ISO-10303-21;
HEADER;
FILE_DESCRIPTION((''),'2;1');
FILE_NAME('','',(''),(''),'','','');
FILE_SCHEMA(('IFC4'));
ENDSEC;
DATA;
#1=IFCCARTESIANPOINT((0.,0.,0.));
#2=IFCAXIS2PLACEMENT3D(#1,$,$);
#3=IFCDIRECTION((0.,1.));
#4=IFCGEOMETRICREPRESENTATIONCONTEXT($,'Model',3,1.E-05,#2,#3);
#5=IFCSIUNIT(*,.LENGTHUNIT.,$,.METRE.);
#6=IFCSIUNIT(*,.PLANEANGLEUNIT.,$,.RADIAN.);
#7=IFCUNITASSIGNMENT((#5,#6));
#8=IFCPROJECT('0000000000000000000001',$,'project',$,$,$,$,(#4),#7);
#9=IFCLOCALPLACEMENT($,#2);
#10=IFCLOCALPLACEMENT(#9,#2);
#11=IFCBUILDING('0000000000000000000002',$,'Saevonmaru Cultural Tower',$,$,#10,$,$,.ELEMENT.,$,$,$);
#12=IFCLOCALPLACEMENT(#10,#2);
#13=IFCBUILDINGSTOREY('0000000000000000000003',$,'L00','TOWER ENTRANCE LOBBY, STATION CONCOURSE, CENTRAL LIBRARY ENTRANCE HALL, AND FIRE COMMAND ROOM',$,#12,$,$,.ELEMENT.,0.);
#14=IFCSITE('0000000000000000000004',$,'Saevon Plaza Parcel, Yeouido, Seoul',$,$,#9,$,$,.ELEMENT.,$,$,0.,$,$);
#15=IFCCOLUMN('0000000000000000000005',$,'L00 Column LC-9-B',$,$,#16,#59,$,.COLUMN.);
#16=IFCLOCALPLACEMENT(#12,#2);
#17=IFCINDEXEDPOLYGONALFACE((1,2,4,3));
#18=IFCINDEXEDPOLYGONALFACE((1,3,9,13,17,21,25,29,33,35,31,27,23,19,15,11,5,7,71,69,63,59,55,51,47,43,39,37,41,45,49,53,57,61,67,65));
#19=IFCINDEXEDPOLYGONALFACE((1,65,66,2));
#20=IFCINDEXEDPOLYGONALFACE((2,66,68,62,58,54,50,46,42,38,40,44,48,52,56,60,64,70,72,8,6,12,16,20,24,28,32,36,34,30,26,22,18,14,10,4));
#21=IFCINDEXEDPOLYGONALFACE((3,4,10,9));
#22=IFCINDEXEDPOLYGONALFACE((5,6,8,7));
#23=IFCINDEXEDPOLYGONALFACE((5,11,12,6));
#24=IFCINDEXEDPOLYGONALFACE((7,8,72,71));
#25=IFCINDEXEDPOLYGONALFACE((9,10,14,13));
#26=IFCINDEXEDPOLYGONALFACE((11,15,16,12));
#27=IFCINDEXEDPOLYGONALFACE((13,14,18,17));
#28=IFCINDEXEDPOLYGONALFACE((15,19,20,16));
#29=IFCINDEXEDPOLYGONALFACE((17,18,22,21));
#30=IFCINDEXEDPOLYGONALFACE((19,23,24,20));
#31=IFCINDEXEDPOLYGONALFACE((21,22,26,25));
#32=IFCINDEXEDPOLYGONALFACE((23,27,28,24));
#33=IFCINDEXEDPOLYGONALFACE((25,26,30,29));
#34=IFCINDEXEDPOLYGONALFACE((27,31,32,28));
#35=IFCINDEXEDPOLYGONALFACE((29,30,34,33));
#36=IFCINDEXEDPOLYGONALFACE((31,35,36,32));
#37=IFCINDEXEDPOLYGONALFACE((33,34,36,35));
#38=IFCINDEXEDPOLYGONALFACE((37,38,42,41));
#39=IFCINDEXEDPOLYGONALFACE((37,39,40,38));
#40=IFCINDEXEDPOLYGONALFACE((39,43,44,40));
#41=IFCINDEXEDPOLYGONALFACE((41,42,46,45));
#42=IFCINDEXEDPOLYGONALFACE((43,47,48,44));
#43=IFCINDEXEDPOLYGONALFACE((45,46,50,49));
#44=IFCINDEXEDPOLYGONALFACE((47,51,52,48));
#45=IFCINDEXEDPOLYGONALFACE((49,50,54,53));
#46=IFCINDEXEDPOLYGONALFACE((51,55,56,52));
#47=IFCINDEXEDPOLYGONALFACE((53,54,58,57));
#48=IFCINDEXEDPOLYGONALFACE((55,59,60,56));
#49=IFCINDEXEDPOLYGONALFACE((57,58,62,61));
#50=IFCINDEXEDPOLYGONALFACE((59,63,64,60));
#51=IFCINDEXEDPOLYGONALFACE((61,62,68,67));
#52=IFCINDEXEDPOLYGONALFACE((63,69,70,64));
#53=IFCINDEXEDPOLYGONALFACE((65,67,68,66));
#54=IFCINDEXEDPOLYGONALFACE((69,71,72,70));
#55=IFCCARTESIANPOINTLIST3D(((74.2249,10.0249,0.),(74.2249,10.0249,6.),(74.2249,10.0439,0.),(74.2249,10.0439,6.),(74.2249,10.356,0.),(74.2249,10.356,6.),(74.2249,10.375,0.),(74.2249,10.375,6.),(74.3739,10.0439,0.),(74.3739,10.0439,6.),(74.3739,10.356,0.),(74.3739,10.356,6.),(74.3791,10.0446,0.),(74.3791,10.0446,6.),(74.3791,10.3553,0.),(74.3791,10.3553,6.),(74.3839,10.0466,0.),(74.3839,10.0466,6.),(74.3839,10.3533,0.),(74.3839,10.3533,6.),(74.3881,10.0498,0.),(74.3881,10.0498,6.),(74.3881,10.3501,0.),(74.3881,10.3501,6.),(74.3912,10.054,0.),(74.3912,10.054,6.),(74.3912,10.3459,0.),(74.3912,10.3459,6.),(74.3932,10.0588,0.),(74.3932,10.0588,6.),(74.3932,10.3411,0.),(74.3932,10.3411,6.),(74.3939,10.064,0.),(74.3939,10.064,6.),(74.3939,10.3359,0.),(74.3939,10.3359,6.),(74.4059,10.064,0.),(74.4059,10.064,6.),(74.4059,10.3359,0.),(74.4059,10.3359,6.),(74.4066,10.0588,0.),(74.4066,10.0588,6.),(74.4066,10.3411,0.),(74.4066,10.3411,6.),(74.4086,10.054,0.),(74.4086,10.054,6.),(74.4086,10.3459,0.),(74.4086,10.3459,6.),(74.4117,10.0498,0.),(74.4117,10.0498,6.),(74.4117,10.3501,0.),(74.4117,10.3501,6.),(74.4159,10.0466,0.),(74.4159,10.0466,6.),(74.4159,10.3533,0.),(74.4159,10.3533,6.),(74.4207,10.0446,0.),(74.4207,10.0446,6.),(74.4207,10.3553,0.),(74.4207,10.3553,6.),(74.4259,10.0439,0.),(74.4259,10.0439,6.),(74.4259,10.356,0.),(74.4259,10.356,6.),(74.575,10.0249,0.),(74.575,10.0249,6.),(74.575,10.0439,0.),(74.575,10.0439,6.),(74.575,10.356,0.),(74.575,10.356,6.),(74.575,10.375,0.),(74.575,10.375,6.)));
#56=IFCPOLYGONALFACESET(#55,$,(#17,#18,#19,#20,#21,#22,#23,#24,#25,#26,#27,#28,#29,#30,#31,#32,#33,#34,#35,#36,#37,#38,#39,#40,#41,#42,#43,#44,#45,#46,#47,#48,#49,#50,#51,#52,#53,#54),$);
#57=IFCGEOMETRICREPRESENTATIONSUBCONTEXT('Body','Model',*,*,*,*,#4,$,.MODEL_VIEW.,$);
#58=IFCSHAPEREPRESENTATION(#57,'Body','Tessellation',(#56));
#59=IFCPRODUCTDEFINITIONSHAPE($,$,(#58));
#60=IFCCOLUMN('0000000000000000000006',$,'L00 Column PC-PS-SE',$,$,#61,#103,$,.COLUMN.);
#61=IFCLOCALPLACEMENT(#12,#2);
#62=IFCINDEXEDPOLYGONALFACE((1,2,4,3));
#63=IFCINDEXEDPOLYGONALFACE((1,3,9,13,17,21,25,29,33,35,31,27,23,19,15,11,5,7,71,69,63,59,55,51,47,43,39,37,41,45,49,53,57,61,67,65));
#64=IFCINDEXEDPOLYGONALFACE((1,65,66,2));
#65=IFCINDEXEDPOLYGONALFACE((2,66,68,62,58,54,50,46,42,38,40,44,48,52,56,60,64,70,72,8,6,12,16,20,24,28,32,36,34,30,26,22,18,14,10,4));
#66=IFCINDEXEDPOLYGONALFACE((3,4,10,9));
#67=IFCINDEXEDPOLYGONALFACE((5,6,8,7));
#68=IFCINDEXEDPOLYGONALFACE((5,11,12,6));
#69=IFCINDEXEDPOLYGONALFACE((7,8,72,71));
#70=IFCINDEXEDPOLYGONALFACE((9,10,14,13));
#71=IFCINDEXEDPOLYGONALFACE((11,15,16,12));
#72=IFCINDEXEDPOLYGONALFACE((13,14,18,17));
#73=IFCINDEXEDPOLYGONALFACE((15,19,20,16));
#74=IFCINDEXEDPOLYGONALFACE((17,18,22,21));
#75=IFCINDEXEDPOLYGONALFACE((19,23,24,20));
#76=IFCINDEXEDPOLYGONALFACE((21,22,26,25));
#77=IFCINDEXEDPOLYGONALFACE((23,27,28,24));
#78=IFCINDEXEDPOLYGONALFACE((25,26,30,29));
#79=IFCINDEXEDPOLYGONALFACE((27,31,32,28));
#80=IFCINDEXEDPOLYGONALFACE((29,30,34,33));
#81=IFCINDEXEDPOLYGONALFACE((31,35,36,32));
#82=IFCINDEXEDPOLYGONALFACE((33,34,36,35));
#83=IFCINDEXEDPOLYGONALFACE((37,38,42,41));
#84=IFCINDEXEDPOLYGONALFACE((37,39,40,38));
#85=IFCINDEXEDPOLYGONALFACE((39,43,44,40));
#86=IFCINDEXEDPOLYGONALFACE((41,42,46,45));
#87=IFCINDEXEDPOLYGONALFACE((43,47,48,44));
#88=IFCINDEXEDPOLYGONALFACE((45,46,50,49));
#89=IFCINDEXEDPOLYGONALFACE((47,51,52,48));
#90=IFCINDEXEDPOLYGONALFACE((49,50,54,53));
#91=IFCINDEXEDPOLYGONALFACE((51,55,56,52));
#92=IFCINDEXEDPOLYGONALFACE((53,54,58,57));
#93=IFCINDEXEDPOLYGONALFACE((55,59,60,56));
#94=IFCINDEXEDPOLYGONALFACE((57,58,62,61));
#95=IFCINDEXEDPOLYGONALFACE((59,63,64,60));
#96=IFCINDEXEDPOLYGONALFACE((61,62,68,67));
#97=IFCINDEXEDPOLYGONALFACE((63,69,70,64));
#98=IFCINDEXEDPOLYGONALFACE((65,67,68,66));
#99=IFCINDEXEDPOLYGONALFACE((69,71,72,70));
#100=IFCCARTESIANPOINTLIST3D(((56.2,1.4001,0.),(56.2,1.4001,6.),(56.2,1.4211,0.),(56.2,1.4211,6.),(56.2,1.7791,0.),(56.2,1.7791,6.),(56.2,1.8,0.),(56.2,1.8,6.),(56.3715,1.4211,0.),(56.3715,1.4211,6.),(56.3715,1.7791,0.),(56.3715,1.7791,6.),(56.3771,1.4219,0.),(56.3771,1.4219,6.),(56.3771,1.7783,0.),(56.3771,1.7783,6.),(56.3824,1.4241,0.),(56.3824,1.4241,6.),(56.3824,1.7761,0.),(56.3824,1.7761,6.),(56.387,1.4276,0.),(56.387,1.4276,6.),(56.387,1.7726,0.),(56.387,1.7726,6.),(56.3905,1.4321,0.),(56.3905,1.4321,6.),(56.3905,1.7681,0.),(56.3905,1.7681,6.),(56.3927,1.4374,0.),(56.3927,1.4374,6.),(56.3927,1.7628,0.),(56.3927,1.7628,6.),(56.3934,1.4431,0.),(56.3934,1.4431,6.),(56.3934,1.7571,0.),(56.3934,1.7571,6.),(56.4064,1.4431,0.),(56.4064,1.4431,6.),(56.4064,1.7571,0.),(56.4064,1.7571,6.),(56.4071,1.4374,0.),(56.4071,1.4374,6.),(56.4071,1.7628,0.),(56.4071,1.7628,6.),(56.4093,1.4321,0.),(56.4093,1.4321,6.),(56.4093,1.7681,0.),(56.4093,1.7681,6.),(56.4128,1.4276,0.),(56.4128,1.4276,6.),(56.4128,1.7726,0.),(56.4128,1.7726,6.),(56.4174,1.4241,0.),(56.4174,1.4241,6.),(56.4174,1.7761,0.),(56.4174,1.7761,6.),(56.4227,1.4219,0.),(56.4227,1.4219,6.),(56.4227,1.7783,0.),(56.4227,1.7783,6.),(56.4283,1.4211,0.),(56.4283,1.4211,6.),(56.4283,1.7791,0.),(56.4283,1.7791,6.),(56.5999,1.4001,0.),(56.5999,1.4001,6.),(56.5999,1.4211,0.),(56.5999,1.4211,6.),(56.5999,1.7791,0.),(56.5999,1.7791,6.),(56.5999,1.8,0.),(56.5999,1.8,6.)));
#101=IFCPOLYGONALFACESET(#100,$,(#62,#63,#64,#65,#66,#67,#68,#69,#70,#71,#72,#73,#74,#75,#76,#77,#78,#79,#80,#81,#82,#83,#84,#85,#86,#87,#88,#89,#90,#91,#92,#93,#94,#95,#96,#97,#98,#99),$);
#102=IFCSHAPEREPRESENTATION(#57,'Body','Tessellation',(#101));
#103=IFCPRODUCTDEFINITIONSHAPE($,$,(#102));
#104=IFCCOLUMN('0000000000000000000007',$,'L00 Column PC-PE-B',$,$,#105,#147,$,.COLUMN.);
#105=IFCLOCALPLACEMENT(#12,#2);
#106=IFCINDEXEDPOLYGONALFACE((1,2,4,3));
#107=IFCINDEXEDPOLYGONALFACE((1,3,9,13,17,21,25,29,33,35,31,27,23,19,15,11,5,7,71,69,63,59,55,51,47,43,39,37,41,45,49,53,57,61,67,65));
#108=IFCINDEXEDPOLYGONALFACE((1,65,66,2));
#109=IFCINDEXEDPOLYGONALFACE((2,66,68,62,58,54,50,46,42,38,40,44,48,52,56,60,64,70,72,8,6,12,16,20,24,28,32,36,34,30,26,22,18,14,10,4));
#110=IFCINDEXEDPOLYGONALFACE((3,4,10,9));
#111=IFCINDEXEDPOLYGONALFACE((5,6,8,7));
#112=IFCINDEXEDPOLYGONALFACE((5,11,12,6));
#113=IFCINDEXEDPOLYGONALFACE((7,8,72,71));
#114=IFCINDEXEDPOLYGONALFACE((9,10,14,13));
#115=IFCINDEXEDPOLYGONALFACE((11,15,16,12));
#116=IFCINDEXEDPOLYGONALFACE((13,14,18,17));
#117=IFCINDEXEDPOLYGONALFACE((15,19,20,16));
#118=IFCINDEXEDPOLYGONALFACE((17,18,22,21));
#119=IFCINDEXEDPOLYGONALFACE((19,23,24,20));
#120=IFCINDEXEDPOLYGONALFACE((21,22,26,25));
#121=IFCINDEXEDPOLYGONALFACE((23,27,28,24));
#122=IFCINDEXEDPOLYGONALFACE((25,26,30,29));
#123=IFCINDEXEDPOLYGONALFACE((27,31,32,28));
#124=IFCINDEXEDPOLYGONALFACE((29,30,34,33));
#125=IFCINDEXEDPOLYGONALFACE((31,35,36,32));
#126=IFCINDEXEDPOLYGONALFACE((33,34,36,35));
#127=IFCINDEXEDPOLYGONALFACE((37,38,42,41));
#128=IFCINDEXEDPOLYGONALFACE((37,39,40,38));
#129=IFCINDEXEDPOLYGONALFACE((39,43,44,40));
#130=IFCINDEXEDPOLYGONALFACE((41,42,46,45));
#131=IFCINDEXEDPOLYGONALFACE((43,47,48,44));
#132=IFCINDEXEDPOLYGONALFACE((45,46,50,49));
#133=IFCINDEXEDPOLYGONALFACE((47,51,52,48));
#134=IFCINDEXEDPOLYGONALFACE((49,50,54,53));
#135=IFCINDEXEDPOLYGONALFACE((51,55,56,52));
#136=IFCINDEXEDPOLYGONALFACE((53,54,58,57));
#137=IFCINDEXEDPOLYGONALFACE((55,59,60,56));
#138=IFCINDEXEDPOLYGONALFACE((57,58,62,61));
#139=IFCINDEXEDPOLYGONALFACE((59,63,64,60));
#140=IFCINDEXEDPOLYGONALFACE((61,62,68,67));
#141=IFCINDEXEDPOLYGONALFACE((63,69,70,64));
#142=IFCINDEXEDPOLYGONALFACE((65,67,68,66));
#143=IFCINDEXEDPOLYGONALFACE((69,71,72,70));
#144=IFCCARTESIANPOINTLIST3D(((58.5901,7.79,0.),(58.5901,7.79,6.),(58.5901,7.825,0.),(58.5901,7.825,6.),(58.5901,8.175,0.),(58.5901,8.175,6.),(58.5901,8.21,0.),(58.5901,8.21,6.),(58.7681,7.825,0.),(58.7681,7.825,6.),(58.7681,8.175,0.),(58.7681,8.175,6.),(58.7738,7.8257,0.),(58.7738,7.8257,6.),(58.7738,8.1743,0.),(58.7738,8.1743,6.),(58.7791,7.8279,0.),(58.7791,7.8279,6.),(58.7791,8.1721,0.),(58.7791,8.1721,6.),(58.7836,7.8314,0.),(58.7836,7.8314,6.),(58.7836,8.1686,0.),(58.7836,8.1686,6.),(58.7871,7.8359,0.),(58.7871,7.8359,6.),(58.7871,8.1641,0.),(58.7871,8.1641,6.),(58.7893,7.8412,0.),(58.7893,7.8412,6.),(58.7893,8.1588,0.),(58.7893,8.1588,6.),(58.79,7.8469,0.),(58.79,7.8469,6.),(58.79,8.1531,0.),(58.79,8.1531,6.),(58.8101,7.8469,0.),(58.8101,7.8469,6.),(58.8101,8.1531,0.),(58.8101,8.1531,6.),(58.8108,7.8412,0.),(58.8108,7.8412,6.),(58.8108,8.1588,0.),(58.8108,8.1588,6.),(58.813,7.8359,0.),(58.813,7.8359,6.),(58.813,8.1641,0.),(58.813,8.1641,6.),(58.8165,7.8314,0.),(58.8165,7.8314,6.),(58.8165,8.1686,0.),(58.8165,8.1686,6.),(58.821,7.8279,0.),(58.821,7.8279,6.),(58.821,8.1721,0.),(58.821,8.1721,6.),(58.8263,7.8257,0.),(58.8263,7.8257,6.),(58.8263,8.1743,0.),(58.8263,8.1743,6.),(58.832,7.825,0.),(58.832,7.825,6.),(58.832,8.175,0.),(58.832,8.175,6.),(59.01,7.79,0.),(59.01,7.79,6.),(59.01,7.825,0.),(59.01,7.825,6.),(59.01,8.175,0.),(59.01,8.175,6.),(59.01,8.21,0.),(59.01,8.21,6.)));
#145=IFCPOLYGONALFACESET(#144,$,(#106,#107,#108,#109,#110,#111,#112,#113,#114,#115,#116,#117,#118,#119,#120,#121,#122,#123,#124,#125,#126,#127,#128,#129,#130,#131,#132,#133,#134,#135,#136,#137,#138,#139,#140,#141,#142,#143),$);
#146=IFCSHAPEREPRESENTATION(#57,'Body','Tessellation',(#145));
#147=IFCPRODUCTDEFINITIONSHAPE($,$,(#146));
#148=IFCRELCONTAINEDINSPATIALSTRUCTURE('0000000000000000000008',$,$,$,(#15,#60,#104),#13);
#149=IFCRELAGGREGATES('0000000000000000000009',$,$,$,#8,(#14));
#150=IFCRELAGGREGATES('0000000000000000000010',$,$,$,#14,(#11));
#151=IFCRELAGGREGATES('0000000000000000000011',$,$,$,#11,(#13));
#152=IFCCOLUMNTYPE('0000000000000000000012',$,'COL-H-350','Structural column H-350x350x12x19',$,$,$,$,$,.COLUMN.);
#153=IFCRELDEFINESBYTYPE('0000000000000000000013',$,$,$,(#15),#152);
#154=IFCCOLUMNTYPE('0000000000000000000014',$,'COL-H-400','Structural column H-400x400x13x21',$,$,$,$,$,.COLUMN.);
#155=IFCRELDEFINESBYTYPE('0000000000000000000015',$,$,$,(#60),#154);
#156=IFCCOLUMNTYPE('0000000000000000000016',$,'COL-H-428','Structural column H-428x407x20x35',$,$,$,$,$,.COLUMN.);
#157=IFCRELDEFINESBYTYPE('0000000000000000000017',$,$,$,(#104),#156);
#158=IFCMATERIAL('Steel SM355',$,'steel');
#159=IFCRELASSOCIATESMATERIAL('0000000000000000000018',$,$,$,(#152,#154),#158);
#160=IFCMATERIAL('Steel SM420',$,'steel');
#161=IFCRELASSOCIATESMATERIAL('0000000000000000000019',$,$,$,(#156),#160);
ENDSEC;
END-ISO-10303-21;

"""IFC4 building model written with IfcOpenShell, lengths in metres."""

from ifc_helpers import new_model, si_unit, direction, frame, origin, origin_2d, place, context, subcontext, project, spatial, i_section, extrude, material, material_profile, profile_set, type_object, element, save


model = new_model("IFC4")

# Units and contexts
model_context = context("Model", 3, precision=1e-05, world=origin(), true_north=direction((0.0, 1.0)))
body_context = subcontext(model_context, "Body", "Model", "MODEL_VIEW")
ifc_project = project(units=[si_unit("LENGTHUNIT", "METRE"), si_unit("PLANEANGLEUNIT", "RADIAN")], contexts=[model_context])

# Site, building, storey
site_placement = place(None, origin())
site = spatial("IfcSite", under=ifc_project, at=site_placement, Name="Saevon Plaza Parcel, Yeouido, Seoul", CompositionType="ELEMENT", RefElevation=0.0)
building_placement = place(site_placement, origin())
building = spatial("IfcBuilding", under=site, at=building_placement, Name="Saevonmaru Cultural Tower", CompositionType="ELEMENT")
storey_placement = place(building_placement, origin())
storey = spatial("IfcBuildingStorey", under=building, at=storey_placement, Name="L00", Description="TOWER ENTRANCE LOBBY, STATION CONCOURSE, CENTRAL LIBRARY ENTRANCE HALL, AND FIRE COMMAND ROOM", CompositionType="ELEMENT", Elevation=0.0)

# Columns
ifc_material_1 = material(Name="Steel SM355", Category="steel")
ifc_material_profile_1 = material_profile(ifc_material_1, i_section(OverallWidth=0.3501, OverallDepth=0.3501, WebThickness=0.012, FlangeThickness=0.019, FilletRadius=0.02, at=origin_2d()), Name="H-350x350x12x19")
ifc_profile_set_1 = profile_set([ifc_material_profile_1], Name="Steel SM355")
column_type_1 = type_object("IfcColumnType", Name="COL-H-350", Description="Structural column H-350x350x12x19", PredefinedType="COLUMN", material=ifc_profile_set_1)
column_1_placement = place(storey_placement, frame((74.3999, 10.2, 0.0), z_axis=(0.0, 0.0, 1.0), x_axis=(1.0, 0.0, 0.0)))
element("IfcColumn", 1, at=column_1_placement, inside=storey, type_object=column_type_1, Name="L00 Column LC-9-B", PredefinedType="COLUMN", context=body_context, shape_type="SweptSolid", body=[
    extrude(i_section(OverallWidth=0.3501, OverallDepth=0.3501, WebThickness=0.012, FlangeThickness=0.019, FilletRadius=0.02, at=origin_2d()), origin(), (0.0, 0.0, 1.0), 6.0),
])
ifc_material_profile_2 = material_profile(ifc_material_1, i_section(OverallWidth=0.3999, OverallDepth=0.3999, WebThickness=0.0129, FlangeThickness=0.021, FilletRadius=0.022, at=origin_2d()), Name="H-400x400x13x21")
ifc_profile_set_2 = profile_set([ifc_material_profile_2], Name="Steel SM355")
column_type_2 = type_object("IfcColumnType", Name="COL-H-400", Description="Structural column H-400x400x13x21", PredefinedType="COLUMN", material=ifc_profile_set_2)
column_2_placement = place(storey_placement, frame((56.3999, 1.6001, 0.0), z_axis=(0.0, 0.0, 1.0), x_axis=(1.0, 0.0, 0.0)))
element("IfcColumn", 2, at=column_2_placement, inside=storey, type_object=column_type_2, Name="L00 Column PC-PS-SE", PredefinedType="COLUMN", context=body_context, shape_type="SweptSolid", body=[
    extrude(i_section(OverallWidth=0.3999, OverallDepth=0.3999, WebThickness=0.0129, FlangeThickness=0.021, FilletRadius=0.022, at=origin_2d()), origin(), (0.0, 0.0, 1.0), 6.0),
])
ifc_material_2 = material(Name="Steel SM420", Category="steel")
ifc_material_profile_3 = material_profile(ifc_material_2, i_section(OverallWidth=0.4199, OverallDepth=0.4199, WebThickness=0.02, FlangeThickness=0.0349, FilletRadius=0.022, at=origin_2d()), Name="H-428x407x20x35")
ifc_profile_set_3 = profile_set([ifc_material_profile_3], Name="Steel SM420")
column_type_3 = type_object("IfcColumnType", Name="COL-H-428", Description="Structural column H-428x407x20x35", PredefinedType="COLUMN", material=ifc_profile_set_3)
column_3_placement = place(storey_placement, frame((58.8, 8.0, 0.0), z_axis=(0.0, 0.0, 1.0), x_axis=(1.0, 0.0, 0.0)))
element("IfcColumn", 3, at=column_3_placement, inside=storey, type_object=column_type_3, Name="L00 Column PC-PE-B", PredefinedType="COLUMN", context=body_context, shape_type="SweptSolid", body=[
    extrude(i_section(OverallWidth=0.4199, OverallDepth=0.4199, WebThickness=0.02, FlangeThickness=0.0349, FilletRadius=0.022, at=origin_2d()), origin(), (0.0, 0.0, 1.0), 6.0),
])

save(model, "model.ifc")
